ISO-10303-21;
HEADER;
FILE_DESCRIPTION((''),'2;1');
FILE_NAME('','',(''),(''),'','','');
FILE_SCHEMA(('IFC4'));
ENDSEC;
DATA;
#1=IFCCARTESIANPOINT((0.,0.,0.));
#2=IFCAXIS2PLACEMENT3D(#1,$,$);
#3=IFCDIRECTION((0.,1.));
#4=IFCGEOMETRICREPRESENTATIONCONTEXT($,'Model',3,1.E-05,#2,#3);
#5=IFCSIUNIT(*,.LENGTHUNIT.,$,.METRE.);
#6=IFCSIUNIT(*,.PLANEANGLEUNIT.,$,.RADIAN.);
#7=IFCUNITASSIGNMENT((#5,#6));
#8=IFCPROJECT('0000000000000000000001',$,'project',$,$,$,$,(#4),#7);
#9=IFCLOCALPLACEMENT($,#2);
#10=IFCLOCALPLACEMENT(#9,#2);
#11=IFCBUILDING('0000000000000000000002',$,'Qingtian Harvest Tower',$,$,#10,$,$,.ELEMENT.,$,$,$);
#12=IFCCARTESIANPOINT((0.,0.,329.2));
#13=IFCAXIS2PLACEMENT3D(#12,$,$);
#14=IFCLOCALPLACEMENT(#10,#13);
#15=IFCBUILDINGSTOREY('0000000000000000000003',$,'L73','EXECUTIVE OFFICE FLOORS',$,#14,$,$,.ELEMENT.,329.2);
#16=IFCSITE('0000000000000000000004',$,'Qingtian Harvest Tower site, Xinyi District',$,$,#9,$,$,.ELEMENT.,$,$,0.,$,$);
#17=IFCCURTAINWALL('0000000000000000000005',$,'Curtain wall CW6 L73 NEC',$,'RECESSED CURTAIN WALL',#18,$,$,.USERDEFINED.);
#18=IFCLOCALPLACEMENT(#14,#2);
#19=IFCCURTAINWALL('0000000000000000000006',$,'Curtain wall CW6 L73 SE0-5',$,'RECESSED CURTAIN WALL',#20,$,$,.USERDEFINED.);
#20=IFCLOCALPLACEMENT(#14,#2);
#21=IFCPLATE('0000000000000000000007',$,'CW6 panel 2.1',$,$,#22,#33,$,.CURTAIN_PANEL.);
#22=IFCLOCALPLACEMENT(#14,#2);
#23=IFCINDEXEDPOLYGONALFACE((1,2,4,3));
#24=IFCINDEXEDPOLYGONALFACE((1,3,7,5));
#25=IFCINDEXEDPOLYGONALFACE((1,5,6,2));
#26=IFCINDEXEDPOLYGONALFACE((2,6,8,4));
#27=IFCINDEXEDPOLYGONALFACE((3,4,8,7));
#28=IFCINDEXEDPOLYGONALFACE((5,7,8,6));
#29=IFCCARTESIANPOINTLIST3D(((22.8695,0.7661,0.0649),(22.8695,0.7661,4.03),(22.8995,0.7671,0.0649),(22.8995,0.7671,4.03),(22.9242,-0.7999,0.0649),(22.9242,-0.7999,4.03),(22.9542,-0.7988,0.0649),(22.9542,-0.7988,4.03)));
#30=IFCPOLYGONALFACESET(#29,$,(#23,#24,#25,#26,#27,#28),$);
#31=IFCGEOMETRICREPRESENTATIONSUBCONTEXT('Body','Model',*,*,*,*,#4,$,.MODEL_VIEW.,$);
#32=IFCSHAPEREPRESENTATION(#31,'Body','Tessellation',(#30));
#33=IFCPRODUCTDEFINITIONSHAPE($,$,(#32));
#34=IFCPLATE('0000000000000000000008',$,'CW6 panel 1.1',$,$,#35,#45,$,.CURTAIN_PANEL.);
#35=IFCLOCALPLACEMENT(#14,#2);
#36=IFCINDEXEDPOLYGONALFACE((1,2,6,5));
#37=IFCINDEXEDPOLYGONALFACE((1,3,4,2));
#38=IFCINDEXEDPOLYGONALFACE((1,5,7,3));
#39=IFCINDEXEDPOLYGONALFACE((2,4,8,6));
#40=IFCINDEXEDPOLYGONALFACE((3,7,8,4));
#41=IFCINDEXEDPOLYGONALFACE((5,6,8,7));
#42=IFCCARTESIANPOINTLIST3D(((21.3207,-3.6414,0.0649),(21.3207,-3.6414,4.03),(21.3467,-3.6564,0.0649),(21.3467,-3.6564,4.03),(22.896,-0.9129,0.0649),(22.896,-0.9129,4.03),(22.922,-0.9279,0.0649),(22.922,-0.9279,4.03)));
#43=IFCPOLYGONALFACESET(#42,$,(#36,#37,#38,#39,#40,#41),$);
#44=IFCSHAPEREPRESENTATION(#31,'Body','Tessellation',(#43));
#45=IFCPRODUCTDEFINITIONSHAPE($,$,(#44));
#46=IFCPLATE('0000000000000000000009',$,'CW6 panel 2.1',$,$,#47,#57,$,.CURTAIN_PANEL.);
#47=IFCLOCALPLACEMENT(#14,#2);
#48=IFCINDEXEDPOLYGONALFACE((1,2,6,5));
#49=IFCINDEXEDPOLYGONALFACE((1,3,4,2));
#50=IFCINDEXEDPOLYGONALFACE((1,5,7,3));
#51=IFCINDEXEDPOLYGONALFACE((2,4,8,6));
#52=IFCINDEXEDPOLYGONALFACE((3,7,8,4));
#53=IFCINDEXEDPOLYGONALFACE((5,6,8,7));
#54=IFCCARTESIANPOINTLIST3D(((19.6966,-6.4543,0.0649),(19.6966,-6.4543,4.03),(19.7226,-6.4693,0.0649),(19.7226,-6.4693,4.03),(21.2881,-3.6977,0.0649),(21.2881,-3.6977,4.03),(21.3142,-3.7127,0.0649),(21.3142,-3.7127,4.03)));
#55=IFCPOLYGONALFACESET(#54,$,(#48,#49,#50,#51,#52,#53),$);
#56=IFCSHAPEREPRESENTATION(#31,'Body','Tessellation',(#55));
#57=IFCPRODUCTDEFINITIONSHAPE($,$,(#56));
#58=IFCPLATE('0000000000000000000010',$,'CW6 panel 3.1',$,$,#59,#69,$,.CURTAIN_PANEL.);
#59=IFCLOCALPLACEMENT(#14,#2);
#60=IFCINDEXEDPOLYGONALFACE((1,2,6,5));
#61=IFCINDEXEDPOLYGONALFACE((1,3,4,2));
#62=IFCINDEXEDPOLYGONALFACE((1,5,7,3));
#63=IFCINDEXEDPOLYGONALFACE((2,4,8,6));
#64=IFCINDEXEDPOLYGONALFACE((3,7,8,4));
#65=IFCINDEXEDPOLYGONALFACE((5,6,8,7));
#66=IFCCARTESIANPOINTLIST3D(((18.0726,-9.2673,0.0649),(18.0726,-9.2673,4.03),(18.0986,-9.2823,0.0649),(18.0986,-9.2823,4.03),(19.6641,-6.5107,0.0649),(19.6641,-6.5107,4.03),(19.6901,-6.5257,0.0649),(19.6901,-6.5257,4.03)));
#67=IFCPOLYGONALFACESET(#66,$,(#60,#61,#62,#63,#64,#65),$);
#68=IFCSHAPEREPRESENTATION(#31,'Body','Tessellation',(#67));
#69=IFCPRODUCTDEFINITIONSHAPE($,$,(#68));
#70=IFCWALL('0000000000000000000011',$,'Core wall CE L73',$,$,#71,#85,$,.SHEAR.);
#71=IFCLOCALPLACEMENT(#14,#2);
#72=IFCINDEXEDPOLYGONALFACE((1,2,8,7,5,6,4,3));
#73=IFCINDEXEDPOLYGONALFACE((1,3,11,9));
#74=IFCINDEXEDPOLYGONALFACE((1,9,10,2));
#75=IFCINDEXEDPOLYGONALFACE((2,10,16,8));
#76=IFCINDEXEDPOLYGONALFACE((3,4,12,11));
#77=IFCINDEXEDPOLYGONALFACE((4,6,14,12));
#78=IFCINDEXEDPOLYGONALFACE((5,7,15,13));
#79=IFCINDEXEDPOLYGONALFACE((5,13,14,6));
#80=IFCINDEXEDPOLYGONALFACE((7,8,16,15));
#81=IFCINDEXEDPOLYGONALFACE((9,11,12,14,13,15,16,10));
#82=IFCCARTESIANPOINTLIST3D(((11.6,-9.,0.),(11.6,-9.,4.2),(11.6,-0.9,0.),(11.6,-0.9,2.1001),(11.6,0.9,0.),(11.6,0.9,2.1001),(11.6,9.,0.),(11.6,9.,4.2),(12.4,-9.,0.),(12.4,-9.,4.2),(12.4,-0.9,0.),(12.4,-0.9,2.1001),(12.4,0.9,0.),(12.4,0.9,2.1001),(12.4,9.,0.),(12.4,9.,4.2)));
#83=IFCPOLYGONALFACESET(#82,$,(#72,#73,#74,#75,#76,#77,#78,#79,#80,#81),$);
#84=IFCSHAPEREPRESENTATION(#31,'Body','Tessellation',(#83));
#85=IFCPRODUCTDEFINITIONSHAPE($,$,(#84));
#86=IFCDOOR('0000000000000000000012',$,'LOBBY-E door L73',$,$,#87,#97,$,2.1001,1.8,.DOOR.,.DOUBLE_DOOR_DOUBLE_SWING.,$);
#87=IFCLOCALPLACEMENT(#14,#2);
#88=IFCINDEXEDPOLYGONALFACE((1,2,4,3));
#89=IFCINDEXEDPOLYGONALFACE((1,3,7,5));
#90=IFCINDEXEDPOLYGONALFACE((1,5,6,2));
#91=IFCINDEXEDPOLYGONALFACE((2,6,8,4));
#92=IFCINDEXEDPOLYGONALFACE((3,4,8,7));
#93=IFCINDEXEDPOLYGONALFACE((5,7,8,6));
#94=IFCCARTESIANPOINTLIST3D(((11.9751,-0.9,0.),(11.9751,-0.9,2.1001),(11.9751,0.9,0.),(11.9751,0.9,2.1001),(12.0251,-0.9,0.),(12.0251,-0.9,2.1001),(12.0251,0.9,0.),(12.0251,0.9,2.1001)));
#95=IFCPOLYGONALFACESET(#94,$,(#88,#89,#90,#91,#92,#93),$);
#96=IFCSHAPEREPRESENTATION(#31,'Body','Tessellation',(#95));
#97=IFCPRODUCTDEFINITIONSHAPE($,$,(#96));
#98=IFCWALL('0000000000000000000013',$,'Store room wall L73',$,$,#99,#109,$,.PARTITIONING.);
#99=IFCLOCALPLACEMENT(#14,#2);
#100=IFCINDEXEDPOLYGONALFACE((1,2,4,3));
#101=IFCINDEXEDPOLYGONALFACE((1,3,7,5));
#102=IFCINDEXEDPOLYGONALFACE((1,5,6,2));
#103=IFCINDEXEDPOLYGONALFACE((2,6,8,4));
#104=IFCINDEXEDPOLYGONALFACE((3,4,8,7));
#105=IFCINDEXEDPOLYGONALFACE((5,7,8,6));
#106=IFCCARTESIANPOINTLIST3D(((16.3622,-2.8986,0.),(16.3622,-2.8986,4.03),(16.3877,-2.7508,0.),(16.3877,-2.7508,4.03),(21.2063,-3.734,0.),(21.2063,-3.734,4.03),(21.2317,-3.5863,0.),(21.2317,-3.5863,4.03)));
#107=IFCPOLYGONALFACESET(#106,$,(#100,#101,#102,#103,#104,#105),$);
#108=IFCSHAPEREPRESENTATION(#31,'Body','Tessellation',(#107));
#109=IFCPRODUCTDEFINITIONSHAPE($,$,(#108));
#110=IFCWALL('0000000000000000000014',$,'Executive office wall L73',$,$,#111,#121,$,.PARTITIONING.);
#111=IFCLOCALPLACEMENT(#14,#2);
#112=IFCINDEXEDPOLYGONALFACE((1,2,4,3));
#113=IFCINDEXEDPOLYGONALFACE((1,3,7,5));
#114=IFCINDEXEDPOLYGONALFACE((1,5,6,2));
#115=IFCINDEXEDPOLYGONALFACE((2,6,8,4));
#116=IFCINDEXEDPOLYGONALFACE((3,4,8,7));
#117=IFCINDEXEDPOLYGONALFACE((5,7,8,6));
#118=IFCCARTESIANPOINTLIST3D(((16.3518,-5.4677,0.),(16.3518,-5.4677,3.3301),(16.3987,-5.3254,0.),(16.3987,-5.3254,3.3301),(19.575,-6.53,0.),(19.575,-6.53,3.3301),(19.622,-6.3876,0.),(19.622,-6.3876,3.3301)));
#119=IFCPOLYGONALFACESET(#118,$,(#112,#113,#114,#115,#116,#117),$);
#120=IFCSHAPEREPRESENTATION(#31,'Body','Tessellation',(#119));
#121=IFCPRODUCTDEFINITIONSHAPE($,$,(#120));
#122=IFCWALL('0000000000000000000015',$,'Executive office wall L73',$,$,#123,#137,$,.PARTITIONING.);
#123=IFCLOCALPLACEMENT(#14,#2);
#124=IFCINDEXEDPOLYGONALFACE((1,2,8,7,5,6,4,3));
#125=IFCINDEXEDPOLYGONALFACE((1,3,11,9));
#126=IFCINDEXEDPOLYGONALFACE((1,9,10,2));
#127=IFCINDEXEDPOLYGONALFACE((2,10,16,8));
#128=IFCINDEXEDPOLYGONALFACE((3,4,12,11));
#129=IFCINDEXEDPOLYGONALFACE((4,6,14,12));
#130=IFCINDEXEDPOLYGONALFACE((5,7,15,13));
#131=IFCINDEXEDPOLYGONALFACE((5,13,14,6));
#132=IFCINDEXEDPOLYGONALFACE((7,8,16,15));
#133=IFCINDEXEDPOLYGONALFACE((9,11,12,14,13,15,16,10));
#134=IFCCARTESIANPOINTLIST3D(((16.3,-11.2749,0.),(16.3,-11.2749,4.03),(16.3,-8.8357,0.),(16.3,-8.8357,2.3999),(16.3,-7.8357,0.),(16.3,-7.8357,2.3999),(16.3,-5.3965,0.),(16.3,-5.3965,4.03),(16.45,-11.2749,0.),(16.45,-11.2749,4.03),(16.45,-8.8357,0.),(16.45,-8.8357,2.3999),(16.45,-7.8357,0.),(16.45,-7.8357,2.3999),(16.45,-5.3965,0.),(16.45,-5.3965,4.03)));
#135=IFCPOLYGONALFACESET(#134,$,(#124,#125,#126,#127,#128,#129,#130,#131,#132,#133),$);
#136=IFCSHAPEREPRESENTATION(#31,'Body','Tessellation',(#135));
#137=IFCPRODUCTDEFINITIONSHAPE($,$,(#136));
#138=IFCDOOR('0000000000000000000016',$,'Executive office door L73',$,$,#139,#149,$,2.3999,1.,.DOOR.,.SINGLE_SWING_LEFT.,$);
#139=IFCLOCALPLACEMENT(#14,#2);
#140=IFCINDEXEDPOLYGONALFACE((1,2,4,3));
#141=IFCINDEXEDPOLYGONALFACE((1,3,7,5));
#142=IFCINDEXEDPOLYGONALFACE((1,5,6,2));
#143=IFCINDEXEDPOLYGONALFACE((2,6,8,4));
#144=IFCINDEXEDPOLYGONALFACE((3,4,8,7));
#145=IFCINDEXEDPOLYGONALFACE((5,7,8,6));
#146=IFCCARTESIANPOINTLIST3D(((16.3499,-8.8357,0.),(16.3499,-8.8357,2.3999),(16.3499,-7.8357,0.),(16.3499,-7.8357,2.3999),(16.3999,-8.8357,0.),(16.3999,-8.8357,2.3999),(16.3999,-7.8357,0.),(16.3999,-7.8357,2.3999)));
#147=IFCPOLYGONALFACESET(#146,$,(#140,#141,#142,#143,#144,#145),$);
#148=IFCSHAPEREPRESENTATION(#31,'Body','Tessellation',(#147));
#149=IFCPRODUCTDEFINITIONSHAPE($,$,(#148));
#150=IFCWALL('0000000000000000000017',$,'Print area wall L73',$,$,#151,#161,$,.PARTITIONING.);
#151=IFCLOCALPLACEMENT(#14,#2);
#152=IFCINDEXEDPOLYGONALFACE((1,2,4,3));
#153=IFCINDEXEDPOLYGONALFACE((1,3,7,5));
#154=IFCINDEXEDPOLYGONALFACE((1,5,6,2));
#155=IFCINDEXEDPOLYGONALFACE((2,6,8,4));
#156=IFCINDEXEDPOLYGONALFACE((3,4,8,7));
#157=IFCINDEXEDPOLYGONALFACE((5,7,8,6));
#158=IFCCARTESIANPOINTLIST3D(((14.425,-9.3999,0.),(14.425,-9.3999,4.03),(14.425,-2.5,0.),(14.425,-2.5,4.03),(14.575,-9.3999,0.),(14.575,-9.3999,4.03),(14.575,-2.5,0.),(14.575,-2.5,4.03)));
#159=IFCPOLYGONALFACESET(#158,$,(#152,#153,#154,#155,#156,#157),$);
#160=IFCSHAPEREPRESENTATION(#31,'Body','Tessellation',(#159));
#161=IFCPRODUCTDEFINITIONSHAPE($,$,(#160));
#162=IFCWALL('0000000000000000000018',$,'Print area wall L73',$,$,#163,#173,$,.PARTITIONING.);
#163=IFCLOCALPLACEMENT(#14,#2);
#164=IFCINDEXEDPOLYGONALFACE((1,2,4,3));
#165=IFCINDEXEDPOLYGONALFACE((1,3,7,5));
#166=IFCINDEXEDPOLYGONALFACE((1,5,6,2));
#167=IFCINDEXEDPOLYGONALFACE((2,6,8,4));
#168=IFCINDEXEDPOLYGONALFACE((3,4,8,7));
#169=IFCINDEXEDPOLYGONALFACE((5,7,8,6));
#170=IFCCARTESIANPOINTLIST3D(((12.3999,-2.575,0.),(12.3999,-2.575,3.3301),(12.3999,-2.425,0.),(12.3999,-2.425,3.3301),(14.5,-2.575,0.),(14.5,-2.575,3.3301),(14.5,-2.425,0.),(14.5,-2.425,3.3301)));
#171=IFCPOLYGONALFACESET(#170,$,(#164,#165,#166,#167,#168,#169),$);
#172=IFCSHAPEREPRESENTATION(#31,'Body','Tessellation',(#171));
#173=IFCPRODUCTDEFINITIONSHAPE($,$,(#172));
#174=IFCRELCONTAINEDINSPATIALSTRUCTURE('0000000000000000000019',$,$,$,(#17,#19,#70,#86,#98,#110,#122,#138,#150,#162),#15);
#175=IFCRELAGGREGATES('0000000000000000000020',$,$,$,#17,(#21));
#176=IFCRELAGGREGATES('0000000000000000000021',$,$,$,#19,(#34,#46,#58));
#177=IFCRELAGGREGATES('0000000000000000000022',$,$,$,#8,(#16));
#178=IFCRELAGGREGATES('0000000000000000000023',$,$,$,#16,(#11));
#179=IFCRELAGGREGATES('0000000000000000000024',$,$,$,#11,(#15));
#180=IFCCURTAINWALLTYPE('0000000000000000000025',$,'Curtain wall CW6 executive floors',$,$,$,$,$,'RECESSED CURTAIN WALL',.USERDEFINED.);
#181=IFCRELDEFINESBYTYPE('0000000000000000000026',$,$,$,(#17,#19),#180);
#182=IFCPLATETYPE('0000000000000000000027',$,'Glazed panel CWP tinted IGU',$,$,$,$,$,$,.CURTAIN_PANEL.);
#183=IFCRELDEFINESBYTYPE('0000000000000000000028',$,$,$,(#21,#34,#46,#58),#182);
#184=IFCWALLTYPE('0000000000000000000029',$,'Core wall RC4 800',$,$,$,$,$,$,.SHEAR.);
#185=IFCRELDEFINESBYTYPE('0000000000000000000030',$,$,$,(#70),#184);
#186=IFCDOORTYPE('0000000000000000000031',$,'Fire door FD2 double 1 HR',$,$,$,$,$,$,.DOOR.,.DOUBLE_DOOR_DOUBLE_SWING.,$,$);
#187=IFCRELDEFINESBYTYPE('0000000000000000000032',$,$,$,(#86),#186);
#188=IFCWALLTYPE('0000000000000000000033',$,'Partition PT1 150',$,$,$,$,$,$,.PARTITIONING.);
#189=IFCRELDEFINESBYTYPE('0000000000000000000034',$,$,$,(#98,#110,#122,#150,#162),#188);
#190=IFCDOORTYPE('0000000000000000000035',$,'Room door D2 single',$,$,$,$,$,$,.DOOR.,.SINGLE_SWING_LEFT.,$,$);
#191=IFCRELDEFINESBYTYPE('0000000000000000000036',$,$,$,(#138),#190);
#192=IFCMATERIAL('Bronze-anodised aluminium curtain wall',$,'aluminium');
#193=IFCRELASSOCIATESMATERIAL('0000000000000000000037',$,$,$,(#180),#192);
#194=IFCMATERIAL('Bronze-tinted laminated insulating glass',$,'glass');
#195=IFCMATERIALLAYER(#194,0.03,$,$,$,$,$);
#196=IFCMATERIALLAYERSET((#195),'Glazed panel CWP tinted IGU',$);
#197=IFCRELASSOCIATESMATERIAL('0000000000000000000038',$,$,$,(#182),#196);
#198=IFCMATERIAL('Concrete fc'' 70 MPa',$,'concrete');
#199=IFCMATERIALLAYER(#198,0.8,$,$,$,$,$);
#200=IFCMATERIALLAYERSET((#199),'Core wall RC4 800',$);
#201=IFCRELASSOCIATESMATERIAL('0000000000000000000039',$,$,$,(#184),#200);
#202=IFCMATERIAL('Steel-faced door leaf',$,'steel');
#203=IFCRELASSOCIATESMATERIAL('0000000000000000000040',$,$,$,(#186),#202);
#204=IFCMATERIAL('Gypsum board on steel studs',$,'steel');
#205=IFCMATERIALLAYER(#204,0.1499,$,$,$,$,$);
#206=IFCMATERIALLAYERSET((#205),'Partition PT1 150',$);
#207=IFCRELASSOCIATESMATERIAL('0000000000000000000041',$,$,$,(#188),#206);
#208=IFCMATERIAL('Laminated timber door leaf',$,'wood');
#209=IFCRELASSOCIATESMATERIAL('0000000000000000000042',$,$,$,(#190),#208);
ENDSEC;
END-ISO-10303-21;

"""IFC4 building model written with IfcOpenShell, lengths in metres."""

from ifc_helpers import new_model, si_unit, direction, frame, frame_2d, origin, origin_2d, place, context, subcontext, project, spatial, rectangle, extrude, material, layer, layer_set, type_object, element, fill, aggregate, save


model = new_model("IFC4")

# Units and contexts
model_context = context("Model", 3, precision=1e-05, world=origin(), true_north=direction((0.0, 1.0)))
body_context = subcontext(model_context, "Body", "Model", "MODEL_VIEW")
ifc_project = project(units=[si_unit("LENGTHUNIT", "METRE"), si_unit("PLANEANGLEUNIT", "RADIAN")], contexts=[model_context])

# Site, building, storey
site_placement = place(None, origin())
site = spatial("IfcSite", under=ifc_project, at=site_placement, Name="Qingtian Harvest Tower site, Xinyi District", CompositionType="ELEMENT", RefElevation=0.0)
building_placement = place(site_placement, origin())
building = spatial("IfcBuilding", under=site, at=building_placement, Name="Qingtian Harvest Tower", CompositionType="ELEMENT")
storey_placement = place(building_placement, frame((0.0, 0.0, 329.2)))
storey = spatial("IfcBuildingStorey", under=building, at=storey_placement, Name="L73", Description="EXECUTIVE OFFICE FLOORS", CompositionType="ELEMENT", Elevation=329.2)

# Curtain wall
ifc_material_1 = material(Name="Bronze-anodised aluminium curtain wall", Category="aluminium")
curtain_wall_type = type_object("IfcCurtainWallType", Name="Curtain wall CW6 executive floors", ElementType="RECESSED CURTAIN WALL", PredefinedType="USERDEFINED", material=ifc_material_1)
curtain_wall_1_placement = place(storey_placement, origin())
curtain_wall_1 = element("IfcCurtainWall", 1, at=curtain_wall_1_placement, inside=storey, type_object=curtain_wall_type, Name="Curtain wall CW6 L73 NEC", ObjectType="RECESSED CURTAIN WALL", PredefinedType="USERDEFINED")

# Curtain wall
curtain_wall_2_placement = place(storey_placement, origin())
curtain_wall_2 = element("IfcCurtainWall", 2, at=curtain_wall_2_placement, inside=storey, type_object=curtain_wall_type, Name="Curtain wall CW6 L73 SE0-5", ObjectType="RECESSED CURTAIN WALL", PredefinedType="USERDEFINED")

# Plates
ifc_material_2 = material(Name="Bronze-tinted laminated insulating glass", Category="glass")
ifc_layer_1 = layer(ifc_material_2, 0.03)
ifc_layer_set_1 = layer_set([ifc_layer_1], Name="Glazed panel CWP tinted IGU")
plate_type = type_object("IfcPlateType", Name="Glazed panel CWP tinted IGU", PredefinedType="CURTAIN_PANEL", material=ifc_layer_set_1)
plate_1_placement = place(storey_placement, frame((22.9119, -0.0164, 0.0649), z_axis=(0.0, 0.0, 1.0), x_axis=(0.034899, -0.999391, 0.0)))
plate_1 = element("IfcPlate", 3, at=plate_1_placement, type_object=plate_type, Name="CW6 panel 2.1", PredefinedType="CURTAIN_PANEL", context=body_context, shape_type="SweptSolid", body=[
    extrude(rectangle(XDim=1.5669, YDim=0.03, at=origin_2d()), origin(), (0.0, 0.0, 1.0), 3.9651),
])
aggregate(curtain_wall_1, [plate_1])
plate_2_placement = place(storey_placement, frame((22.1213, -2.2847, 0.0649), z_axis=(0.0, 0.0, 1.0), x_axis=(-0.5, -0.866025, 0.0)))
plate_2 = element("IfcPlate", 4, at=plate_2_placement, type_object=plate_type, Name="CW6 panel 1.1", PredefinedType="CURTAIN_PANEL", context=body_context, shape_type="SweptSolid", body=[
    extrude(rectangle(XDim=3.1506, YDim=0.03, at=origin_2d()), origin(), (0.0, 0.0, 1.0), 3.9651),
])
plate_3_placement = place(storey_placement, frame((20.5054, -5.0835, 0.0649), z_axis=(0.0, 0.0, 1.0), x_axis=(-0.5, -0.866025, 0.0)))
plate_3 = element("IfcPlate", 5, at=plate_3_placement, type_object=plate_type, Name="CW6 panel 2.1", PredefinedType="CURTAIN_PANEL", context=body_context, shape_type="SweptSolid", body=[
    extrude(rectangle(XDim=3.1831, YDim=0.03, at=origin_2d()), origin(), (0.0, 0.0, 1.0), 3.9651),
])
plate_4_placement = place(storey_placement, frame((18.8813, -7.8965, 0.0649), z_axis=(0.0, 0.0, 1.0), x_axis=(-0.5, -0.866025, 0.0)))
plate_4 = element("IfcPlate", 6, at=plate_4_placement, type_object=plate_type, Name="CW6 panel 3.1", PredefinedType="CURTAIN_PANEL", context=body_context, shape_type="SweptSolid", body=[
    extrude(rectangle(XDim=3.1831, YDim=0.03, at=origin_2d()), origin(), (0.0, 0.0, 1.0), 3.9651),
])
aggregate(curtain_wall_2, [plate_2, plate_3, plate_4])

# Wall, opening, door
ifc_material_3 = material(Name="Concrete fc' 70 MPa", Category="concrete")
ifc_layer_2 = layer(ifc_material_3, 0.8)
ifc_layer_set_2 = layer_set([ifc_layer_2], Name="Core wall RC4 800")
wall_type_1 = type_object("IfcWallType", Name="Core wall RC4 800", PredefinedType="SHEAR", material=ifc_layer_set_2)
wall_1_placement = place(storey_placement, frame((12.0, -9.0, 0.0), z_axis=(0.0, 0.0, 1.0), x_axis=(0.0, 1.0, 0.0)))
wall_1 = element("IfcWall", 7, at=wall_1_placement, inside=storey, type_object=wall_type_1, Name="Core wall CE L73", PredefinedType="SHEAR", context=body_context, shape_type="SweptSolid", body=[
    extrude(rectangle(XDim=18.0, YDim=0.8, at=frame_2d((9.0, 0.0))), origin(), (0.0, 0.0, 1.0), 4.2),
])
opening_1_placement = place(wall_1_placement, frame((8.1001, 0.0, 0.0)))
opening_1 = element("IfcOpeningElement", 8, at=opening_1_placement, cuts=wall_1, PredefinedType="OPENING", context=body_context, shape_type="SweptSolid", body=[
    extrude(rectangle(XDim=1.8, YDim=2.1001, at=frame_2d((0.8999, 1.05))), frame((0.0, 0.4099, 0.0), z_axis=(0.0, -1.0, 0.0), x_axis=(1.0, 0.0, 0.0)), (0.0, 0.0, 1.0), 0.8201),
])
ifc_material_4 = material(Name="Steel-faced door leaf", Category="steel")
door_type_1 = type_object("IfcDoorType", Name="Fire door FD2 double 1 HR", OperationType="DOUBLE_DOOR_DOUBLE_SWING", PredefinedType="DOOR", material=ifc_material_4)
door_1_placement = place(opening_1_placement, origin())
door_1 = element("IfcDoor", 9, at=door_1_placement, inside=storey, type_object=door_type_1, Name="LOBBY-E door L73", OperationType="DOUBLE_DOOR_DOUBLE_SWING", OverallHeight=2.1001, OverallWidth=1.8, PredefinedType="DOOR", context=body_context, shape_type="SweptSolid", body=[
    extrude(rectangle(XDim=1.8, YDim=2.1001, at=frame_2d((0.8999, 1.05))), frame((0.0, 0.0249, 0.0), z_axis=(0.0, -1.0, 0.0), x_axis=(1.0, 0.0, 0.0)), (0.0, 0.0, 1.0), 0.05),
])
fill(opening_1, door_1)

# Wall
ifc_material_5 = material(Name="Gypsum board on steel studs", Category="steel")
ifc_layer_3 = layer(ifc_material_5, 0.1499)
ifc_layer_set_3 = layer_set([ifc_layer_3], Name="Partition PT1 150")
wall_type_2 = type_object("IfcWallType", Name="Partition PT1 150", PredefinedType="PARTITIONING", material=ifc_layer_set_3)
wall_2_placement = place(storey_placement, frame((21.219, -3.6602, 0.0), z_axis=(0.0, 0.0, 1.0), x_axis=(-0.985451, 0.169962, 0.0)))
element("IfcWall", 10, at=wall_2_placement, inside=storey, type_object=wall_type_2, Name="Store room wall L73", PredefinedType="PARTITIONING", context=body_context, shape_type="SweptSolid", body=[
    extrude(rectangle(XDim=4.9155, YDim=0.1499, at=frame_2d((2.4578, 0.0))), origin(), (0.0, 0.0, 1.0), 4.03),
])

# Shared definitions
ifc_material_6 = material(Name="Laminated timber door leaf", Category="wood")
door_type_2 = type_object("IfcDoorType", Name="Room door D2 single", OperationType="SINGLE_SWING_LEFT", PredefinedType="DOOR", material=ifc_material_6)

# Wall
wall_3_placement = place(storey_placement, frame((19.5984, -6.4587, 0.0), z_axis=(0.0, 0.0, 1.0), x_axis=(-0.949757, 0.312989, 0.0)))
element("IfcWall", 11, at=wall_3_placement, inside=storey, type_object=wall_type_2, Name="Executive office wall L73", PredefinedType="PARTITIONING", context=body_context, shape_type="SweptSolid", body=[
    extrude(rectangle(XDim=3.3938, YDim=0.1499, at=frame_2d((1.6968, 0.0))), origin(), (0.0, 0.0, 1.0), 3.3301),
])

# Wall, opening, door
wall_4_placement = place(storey_placement, frame((16.375, -5.3965, 0.0), z_axis=(0.0, 0.0, 1.0), x_axis=(0.0, -1.0, 0.0)))
wall_4 = element("IfcWall", 12, at=wall_4_placement, inside=storey, type_object=wall_type_2, Name="Executive office wall L73", PredefinedType="PARTITIONING", context=body_context, shape_type="SweptSolid", body=[
    extrude(rectangle(XDim=5.8784, YDim=0.1499, at=frame_2d((2.9392, 0.0))), origin(), (0.0, 0.0, 1.0), 4.03),
])
opening_2_placement = place(wall_4_placement, frame((2.4392, 0.0, 0.0)))
opening_2 = element("IfcOpeningElement", 13, at=opening_2_placement, cuts=wall_4, PredefinedType="OPENING", context=body_context, shape_type="SweptSolid", body=[
    extrude(rectangle(XDim=1.0, YDim=2.3999, at=frame_2d((0.5, 1.2))), frame((0.0, 0.085, 0.0), z_axis=(0.0, -1.0, 0.0), x_axis=(1.0, 0.0, 0.0)), (0.0, 0.0, 1.0), 0.1699),
])
door_2_placement = place(opening_2_placement, origin())
door_2 = element("IfcDoor", 14, at=door_2_placement, inside=storey, type_object=door_type_2, Name="Executive office door L73", OperationType="SINGLE_SWING_LEFT", OverallHeight=2.3999, OverallWidth=1.0, PredefinedType="DOOR", context=body_context, shape_type="SweptSolid", body=[
    extrude(rectangle(XDim=1.0, YDim=2.3999, at=frame_2d((0.5, 1.2))), frame((0.0, 0.0249, 0.0), z_axis=(0.0, -1.0, 0.0), x_axis=(1.0, 0.0, 0.0)), (0.0, 0.0, 1.0), 0.05),
])
fill(opening_2, door_2)

# Walls
wall_5_placement = place(storey_placement, frame((14.5, -9.3999, 0.0), z_axis=(0.0, 0.0, 1.0), x_axis=(0.0, 1.0, 0.0)))
element("IfcWall", 15, at=wall_5_placement, inside=storey, type_object=wall_type_2, Name="Print area wall L73", PredefinedType="PARTITIONING", context=body_context, shape_type="SweptSolid", body=[
    extrude(rectangle(XDim=6.8999, YDim=0.1499, at=frame_2d((3.45, 0.0))), origin(), (0.0, 0.0, 1.0), 4.03),
])
wall_6_placement = place(storey_placement, frame((12.3999, -2.5, 0.0), z_axis=(0.0, 0.0, 1.0), x_axis=(1.0, 0.0, 0.0)))
element("IfcWall", 16, at=wall_6_placement, inside=storey, type_object=wall_type_2, Name="Print area wall L73", PredefinedType="PARTITIONING", context=body_context, shape_type="SweptSolid", body=[
    extrude(rectangle(XDim=2.1001, YDim=0.1499, at=frame_2d((1.05, 0.0))), origin(), (0.0, 0.0, 1.0), 3.3301),
])

save(model, "model.ifc")
